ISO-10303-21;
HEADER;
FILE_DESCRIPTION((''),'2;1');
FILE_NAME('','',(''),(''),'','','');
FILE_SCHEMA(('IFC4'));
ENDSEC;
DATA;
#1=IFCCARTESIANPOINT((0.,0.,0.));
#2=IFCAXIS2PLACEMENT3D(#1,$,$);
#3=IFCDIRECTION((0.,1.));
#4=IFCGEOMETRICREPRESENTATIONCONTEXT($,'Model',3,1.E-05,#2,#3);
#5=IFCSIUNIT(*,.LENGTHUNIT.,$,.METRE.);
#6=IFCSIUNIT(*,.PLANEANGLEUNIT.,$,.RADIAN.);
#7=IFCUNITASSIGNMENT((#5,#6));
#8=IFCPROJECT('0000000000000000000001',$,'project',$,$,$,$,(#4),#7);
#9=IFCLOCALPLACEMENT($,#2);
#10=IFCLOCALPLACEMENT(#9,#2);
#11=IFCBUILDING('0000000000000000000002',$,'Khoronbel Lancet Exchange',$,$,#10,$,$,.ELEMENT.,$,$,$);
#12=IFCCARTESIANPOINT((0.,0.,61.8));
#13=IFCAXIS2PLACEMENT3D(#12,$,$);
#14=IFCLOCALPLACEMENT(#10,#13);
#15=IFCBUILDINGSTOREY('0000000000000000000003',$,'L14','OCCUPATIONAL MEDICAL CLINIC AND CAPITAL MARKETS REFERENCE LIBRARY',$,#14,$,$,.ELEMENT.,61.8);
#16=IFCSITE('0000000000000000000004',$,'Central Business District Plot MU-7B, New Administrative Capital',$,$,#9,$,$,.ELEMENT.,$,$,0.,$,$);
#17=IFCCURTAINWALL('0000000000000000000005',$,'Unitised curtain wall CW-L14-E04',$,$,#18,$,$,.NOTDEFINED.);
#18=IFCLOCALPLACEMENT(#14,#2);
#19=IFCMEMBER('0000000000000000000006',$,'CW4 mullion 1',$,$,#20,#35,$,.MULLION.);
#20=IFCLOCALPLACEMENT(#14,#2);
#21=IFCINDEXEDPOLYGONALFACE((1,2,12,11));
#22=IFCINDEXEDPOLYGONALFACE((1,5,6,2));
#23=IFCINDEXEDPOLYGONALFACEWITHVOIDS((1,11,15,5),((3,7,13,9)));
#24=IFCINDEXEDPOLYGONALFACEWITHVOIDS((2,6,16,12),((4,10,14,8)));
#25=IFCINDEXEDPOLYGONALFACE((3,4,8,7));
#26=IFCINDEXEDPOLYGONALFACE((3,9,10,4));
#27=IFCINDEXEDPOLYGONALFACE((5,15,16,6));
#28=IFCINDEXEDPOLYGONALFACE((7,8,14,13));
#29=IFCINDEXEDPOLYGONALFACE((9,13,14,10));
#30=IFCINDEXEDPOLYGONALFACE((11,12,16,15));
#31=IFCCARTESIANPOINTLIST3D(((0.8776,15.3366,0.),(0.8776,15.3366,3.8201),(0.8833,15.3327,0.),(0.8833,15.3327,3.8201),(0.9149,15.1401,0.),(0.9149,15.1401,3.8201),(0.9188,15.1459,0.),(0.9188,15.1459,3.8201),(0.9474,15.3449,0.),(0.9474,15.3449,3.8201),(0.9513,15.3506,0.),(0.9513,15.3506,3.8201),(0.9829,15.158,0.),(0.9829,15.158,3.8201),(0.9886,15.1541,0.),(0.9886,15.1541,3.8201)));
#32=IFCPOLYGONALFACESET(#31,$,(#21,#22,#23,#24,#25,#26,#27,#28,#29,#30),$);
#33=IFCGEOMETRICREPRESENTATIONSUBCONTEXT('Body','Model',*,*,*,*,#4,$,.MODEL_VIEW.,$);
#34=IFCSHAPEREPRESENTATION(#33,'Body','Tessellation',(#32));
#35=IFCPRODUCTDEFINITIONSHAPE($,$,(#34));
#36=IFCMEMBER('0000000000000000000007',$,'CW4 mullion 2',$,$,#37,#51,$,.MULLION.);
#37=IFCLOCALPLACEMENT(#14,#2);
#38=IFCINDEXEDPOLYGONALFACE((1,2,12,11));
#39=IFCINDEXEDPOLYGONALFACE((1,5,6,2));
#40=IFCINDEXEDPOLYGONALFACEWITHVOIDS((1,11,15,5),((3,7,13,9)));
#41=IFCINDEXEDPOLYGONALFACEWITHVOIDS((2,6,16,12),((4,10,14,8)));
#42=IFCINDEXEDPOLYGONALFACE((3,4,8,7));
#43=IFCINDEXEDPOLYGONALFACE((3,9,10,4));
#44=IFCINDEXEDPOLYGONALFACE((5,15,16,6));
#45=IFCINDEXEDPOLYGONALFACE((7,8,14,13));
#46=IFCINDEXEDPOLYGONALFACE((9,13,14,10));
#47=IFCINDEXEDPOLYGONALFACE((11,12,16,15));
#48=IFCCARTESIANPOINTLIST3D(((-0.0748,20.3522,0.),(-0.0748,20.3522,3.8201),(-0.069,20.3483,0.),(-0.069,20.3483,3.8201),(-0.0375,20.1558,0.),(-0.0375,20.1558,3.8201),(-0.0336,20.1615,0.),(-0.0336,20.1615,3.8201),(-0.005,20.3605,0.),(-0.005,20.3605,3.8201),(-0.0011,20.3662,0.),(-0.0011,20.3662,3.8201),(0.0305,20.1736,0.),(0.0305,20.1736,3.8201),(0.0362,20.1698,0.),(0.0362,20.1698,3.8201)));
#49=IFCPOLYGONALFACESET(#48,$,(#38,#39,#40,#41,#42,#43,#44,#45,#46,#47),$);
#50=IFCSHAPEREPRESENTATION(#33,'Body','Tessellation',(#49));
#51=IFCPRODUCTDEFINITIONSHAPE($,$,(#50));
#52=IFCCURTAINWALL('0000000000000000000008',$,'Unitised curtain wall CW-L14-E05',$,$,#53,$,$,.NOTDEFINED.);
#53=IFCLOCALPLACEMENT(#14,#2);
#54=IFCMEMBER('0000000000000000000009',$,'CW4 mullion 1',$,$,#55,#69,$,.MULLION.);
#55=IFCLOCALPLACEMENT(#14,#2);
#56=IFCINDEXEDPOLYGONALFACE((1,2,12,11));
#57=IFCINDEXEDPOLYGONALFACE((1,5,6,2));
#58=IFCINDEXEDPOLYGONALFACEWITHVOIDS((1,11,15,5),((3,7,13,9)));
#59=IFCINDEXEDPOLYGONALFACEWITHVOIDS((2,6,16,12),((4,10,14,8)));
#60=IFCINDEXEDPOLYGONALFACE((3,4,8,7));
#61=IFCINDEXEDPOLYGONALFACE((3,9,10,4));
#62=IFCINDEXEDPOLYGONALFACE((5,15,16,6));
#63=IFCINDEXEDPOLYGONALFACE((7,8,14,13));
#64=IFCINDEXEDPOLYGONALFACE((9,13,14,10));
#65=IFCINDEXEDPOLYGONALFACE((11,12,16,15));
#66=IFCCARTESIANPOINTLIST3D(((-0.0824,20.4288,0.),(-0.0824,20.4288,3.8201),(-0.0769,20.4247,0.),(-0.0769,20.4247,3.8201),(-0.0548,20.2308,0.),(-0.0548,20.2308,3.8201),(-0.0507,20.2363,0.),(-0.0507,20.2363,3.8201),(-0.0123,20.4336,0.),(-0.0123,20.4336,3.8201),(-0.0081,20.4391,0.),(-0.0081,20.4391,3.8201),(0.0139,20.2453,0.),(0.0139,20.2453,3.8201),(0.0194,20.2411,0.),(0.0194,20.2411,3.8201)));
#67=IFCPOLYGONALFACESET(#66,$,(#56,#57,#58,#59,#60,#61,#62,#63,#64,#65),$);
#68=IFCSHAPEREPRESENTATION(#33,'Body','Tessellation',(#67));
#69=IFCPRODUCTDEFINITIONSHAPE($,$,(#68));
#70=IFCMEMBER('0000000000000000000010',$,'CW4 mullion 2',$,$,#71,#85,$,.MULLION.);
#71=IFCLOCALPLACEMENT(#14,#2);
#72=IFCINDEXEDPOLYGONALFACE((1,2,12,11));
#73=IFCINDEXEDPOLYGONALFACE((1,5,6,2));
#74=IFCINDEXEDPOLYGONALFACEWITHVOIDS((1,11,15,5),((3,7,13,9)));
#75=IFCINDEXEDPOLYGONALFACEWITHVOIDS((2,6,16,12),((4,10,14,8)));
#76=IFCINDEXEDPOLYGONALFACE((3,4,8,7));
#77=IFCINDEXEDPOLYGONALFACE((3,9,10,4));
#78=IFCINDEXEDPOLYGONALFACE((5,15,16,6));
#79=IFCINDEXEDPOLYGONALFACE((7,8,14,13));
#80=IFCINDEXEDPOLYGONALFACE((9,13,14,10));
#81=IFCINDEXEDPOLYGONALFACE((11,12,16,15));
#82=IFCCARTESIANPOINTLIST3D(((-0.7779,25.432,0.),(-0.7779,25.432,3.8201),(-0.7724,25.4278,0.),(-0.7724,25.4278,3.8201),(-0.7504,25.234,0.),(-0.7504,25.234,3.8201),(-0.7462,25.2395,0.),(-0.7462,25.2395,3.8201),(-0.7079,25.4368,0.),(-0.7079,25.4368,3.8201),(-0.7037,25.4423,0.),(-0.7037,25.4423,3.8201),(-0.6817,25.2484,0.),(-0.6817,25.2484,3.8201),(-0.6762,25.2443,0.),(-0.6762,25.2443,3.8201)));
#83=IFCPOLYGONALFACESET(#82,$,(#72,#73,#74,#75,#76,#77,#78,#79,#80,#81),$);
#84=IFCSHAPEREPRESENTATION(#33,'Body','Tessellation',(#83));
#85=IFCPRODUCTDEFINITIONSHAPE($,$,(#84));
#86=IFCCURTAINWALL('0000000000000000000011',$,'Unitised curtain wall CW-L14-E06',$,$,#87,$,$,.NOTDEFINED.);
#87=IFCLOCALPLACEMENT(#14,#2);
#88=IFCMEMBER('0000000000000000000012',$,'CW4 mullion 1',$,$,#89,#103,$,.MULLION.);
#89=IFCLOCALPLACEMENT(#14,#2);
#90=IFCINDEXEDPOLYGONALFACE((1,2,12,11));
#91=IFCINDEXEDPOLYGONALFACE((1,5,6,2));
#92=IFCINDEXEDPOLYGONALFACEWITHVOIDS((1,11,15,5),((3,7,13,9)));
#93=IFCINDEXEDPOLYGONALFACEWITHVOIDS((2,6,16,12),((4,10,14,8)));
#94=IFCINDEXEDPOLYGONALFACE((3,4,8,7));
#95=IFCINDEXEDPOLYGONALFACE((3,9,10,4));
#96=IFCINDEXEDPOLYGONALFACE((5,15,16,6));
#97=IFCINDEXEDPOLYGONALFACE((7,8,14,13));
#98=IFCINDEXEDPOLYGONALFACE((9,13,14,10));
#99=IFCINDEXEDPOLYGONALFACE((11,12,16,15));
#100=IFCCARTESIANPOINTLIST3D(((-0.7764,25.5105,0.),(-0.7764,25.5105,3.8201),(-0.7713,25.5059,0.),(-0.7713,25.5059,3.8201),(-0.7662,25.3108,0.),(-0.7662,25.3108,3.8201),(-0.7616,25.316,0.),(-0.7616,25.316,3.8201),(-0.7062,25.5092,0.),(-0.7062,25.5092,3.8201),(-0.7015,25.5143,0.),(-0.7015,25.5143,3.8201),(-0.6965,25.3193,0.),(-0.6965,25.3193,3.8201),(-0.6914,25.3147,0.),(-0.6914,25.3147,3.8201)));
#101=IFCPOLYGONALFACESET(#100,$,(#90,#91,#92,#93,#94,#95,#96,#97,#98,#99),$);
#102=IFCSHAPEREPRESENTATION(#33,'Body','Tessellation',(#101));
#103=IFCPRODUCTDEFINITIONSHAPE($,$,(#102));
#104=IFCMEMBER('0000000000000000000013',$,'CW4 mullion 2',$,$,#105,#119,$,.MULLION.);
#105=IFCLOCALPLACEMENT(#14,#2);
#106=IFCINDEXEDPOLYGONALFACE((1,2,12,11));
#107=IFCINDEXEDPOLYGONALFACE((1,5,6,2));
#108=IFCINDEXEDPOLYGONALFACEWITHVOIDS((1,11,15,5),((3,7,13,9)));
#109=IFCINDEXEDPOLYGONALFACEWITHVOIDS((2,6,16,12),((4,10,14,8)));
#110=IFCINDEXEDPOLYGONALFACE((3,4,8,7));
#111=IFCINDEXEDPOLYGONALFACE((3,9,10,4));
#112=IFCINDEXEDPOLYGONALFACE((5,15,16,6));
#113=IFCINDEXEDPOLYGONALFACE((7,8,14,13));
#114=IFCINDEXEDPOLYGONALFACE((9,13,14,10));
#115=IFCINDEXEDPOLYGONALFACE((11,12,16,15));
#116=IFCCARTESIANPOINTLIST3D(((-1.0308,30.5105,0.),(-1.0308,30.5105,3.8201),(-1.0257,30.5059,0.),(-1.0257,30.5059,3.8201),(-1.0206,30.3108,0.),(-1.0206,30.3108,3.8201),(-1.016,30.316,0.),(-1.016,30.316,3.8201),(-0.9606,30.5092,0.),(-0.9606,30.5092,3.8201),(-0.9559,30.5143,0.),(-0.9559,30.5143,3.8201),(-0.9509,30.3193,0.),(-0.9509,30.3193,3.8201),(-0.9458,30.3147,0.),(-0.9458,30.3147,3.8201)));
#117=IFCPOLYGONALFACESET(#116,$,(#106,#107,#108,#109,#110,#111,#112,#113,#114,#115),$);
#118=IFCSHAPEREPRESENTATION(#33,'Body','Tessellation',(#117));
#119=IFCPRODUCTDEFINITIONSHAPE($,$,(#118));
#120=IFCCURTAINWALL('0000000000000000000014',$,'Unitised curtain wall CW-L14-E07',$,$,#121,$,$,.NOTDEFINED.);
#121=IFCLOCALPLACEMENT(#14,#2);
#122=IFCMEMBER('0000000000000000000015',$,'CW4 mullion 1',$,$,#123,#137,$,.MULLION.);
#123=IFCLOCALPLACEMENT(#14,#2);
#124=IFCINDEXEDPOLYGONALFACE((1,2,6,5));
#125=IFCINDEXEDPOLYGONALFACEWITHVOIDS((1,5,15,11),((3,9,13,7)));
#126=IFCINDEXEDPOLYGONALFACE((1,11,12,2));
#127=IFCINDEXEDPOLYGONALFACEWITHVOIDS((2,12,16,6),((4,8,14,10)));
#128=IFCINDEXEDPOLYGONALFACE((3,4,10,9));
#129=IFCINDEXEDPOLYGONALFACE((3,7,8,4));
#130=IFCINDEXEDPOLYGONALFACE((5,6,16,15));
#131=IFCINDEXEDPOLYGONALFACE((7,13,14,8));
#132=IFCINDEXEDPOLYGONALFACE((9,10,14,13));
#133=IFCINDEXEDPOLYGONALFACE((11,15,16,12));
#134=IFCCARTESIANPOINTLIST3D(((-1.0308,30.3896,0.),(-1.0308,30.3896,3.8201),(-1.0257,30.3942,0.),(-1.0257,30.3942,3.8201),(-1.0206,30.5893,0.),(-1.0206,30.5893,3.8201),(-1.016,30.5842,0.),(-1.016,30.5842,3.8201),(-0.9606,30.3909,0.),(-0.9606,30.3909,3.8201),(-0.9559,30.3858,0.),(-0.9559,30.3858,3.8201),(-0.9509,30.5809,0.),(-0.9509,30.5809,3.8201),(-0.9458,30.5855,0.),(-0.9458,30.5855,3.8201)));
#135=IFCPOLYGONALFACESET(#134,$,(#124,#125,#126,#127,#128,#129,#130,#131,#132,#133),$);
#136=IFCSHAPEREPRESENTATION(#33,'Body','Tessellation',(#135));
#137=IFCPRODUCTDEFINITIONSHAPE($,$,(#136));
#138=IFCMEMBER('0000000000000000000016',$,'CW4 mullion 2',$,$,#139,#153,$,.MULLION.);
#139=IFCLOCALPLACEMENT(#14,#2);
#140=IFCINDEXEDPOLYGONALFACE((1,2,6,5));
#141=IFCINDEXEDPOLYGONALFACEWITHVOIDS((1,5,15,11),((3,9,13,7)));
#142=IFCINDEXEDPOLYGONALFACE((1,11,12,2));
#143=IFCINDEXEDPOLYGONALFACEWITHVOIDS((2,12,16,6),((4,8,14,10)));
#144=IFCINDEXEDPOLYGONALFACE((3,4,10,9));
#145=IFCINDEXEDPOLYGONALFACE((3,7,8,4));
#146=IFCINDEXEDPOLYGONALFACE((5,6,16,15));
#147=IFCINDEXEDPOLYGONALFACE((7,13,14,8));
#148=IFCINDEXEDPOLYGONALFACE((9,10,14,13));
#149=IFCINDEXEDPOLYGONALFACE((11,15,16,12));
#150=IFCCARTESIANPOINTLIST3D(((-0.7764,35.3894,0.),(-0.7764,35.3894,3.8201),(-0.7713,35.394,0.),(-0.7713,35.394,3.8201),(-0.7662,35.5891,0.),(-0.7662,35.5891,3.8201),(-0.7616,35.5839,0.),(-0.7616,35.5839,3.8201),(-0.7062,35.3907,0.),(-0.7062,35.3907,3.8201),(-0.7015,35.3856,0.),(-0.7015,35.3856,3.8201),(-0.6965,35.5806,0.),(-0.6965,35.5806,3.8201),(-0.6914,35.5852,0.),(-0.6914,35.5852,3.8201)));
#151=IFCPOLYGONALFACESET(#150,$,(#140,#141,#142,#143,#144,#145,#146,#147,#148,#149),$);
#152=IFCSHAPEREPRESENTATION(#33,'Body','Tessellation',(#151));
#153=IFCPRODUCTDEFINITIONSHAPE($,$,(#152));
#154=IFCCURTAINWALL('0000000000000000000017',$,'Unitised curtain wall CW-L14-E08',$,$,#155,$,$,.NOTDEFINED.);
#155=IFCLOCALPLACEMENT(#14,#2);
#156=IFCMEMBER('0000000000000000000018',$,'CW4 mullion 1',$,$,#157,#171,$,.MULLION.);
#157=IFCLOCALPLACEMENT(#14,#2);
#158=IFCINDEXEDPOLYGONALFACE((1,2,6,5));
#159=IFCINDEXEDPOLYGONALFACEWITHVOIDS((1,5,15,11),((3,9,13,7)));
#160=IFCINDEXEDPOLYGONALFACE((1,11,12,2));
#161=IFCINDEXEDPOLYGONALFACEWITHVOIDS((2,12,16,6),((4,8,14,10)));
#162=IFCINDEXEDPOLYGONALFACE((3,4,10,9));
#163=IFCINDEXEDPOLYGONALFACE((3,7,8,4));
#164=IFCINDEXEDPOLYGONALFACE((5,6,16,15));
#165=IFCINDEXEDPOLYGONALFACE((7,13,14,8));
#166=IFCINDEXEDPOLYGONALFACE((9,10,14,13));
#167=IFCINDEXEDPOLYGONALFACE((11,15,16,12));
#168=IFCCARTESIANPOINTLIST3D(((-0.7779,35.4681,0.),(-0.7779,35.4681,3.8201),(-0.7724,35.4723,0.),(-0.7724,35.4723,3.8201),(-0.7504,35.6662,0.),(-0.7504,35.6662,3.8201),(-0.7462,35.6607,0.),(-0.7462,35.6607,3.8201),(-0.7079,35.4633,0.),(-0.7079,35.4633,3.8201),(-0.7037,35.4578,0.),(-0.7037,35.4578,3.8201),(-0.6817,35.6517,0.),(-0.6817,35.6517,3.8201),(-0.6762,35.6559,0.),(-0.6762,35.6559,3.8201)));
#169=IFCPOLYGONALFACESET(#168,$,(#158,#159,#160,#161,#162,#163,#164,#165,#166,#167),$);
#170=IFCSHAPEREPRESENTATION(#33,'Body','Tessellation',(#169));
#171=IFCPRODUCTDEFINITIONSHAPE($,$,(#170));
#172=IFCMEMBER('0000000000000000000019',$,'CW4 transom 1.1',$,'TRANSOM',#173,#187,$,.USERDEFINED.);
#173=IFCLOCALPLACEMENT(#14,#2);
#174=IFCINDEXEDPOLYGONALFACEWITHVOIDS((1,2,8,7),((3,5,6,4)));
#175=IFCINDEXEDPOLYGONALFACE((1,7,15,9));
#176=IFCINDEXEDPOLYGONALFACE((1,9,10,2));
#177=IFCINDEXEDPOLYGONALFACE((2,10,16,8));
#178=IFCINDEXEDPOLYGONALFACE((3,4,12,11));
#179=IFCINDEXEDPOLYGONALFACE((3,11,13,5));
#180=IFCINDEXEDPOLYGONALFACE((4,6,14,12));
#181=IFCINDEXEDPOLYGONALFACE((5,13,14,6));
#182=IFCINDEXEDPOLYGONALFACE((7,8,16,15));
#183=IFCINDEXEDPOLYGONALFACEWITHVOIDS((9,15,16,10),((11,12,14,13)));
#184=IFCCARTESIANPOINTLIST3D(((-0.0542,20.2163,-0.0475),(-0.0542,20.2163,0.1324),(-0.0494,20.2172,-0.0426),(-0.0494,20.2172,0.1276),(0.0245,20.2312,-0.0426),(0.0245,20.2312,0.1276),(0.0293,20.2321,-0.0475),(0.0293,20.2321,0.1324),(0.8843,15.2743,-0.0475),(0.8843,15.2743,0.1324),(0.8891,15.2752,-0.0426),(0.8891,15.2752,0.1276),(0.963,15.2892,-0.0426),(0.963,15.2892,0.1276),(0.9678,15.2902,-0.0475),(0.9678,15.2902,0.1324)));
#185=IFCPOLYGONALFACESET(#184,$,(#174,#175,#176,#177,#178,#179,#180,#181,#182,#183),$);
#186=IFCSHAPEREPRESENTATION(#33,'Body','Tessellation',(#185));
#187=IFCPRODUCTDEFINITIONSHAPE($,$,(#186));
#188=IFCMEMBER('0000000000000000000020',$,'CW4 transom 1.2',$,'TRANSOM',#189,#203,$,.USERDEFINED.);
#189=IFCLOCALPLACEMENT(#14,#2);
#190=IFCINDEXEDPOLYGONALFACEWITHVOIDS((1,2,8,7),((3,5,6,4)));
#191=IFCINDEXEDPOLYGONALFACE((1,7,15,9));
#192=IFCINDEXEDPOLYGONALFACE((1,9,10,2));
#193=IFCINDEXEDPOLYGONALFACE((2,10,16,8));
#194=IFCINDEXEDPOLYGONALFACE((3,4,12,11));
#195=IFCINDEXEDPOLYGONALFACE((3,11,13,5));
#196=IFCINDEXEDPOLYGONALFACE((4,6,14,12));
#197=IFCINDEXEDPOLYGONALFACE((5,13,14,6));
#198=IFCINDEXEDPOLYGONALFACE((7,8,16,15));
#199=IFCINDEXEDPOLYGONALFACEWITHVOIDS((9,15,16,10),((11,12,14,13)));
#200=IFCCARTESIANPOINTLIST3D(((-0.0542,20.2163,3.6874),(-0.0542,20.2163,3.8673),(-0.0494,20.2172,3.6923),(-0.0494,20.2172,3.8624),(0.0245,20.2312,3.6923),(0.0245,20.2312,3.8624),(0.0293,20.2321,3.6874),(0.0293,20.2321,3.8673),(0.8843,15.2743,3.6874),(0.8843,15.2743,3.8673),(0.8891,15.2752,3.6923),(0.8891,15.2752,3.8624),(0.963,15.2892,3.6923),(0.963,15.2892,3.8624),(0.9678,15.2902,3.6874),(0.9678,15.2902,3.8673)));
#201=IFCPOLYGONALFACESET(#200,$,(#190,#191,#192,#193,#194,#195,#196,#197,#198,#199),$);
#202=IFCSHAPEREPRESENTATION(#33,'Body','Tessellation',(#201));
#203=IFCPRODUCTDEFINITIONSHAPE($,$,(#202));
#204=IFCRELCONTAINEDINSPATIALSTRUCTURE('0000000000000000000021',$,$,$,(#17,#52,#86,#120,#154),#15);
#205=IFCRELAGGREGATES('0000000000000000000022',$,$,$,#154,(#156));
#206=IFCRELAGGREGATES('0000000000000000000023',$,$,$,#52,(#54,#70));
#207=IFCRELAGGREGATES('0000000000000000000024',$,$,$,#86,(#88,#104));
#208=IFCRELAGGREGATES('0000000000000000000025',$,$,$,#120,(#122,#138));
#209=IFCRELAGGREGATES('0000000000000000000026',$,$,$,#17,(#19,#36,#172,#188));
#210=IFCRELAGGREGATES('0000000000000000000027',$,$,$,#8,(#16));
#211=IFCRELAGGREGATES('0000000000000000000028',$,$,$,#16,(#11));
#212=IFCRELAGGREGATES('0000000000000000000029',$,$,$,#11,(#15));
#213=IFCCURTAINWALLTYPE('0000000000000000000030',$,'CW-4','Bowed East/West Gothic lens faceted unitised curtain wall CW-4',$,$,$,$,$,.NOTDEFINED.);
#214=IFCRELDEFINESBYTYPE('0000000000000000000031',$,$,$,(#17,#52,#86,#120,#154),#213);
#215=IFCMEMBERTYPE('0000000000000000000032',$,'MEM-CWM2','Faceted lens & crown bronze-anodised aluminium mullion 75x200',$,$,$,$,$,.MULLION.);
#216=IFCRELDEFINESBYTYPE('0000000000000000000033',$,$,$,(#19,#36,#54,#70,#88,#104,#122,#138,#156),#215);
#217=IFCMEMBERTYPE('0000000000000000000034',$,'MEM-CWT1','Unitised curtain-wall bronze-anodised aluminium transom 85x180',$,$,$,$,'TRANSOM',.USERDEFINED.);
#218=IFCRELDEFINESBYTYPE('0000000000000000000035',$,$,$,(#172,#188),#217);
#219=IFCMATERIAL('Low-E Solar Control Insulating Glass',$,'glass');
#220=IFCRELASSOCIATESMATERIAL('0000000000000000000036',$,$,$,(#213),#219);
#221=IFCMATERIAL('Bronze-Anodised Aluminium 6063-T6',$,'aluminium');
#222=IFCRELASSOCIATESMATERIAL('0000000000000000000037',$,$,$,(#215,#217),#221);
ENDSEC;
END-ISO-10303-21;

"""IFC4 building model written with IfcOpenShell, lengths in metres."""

from ifc_helpers import new_model, si_unit, direction, frame, origin, origin_2d, place, context, subcontext, project, spatial, hollow_rectangle, extrude, material, material_profile, profile_set, type_object, element, aggregate, save


model = new_model("IFC4")

# Units and contexts
model_context = context("Model", 3, precision=1e-05, world=origin(), true_north=direction((0.0, 1.0)))
body_context = subcontext(model_context, "Body", "Model", "MODEL_VIEW")
ifc_project = project(units=[si_unit("LENGTHUNIT", "METRE"), si_unit("PLANEANGLEUNIT", "RADIAN")], contexts=[model_context])

# Site, building, storey
site_placement = place(None, origin())
site = spatial("IfcSite", under=ifc_project, at=site_placement, Name="Central Business District Plot MU-7B, New Administrative Capital", CompositionType="ELEMENT", RefElevation=0.0)
building_placement = place(site_placement, origin())
building = spatial("IfcBuilding", under=site, at=building_placement, Name="Khoronbel Lancet Exchange", CompositionType="ELEMENT")
storey_placement = place(building_placement, frame((0.0, 0.0, 61.8)))
storey = spatial("IfcBuildingStorey", under=building, at=storey_placement, Name="L14", Description="OCCUPATIONAL MEDICAL CLINIC AND CAPITAL MARKETS REFERENCE LIBRARY", CompositionType="ELEMENT", Elevation=61.8)

# Curtain walls, members
ifc_material_1 = material(Name="Low-E Solar Control Insulating Glass", Category="glass")
curtain_wall_type = type_object("IfcCurtainWallType", Name="CW-4", Description="Bowed East/West Gothic lens faceted unitised curtain wall CW-4", PredefinedType="NOTDEFINED", material=ifc_material_1)
curtain_wall_1_placement = place(storey_placement, origin())
curtain_wall_1 = element("IfcCurtainWall", 1, at=curtain_wall_1_placement, inside=storey, type_object=curtain_wall_type, Name="Unitised curtain wall CW-L14-E04", PredefinedType="NOTDEFINED")
ifc_material_2 = material(Name="Bronze-Anodised Aluminium 6063-T6", Category="aluminium")
ifc_material_profile_1 = material_profile(ifc_material_2, hollow_rectangle(XDim=0.075, YDim=0.2, WallThickness=0.0049, at=origin_2d()), Name="ALU MULLION 75x200")
ifc_profile_set_1 = profile_set([ifc_material_profile_1], Name="Bronze-Anodised Aluminium 6063-T6")
member_type_1 = type_object("IfcMemberType", Name="MEM-CWM2", Description="Faceted lens & crown bronze-anodised aluminium mullion 75x200", PredefinedType="MULLION", material=ifc_profile_set_1)
member_1_placement = place(storey_placement, frame((0.9331, 15.2454, 0.0), z_axis=(0.0, 0.0, 1.0), x_axis=(-0.982445, -0.186551, 0.0)))
member_1 = element("IfcMember", 2, at=member_1_placement, type_object=member_type_1, Name="CW4 mullion 1", PredefinedType="MULLION", context=body_context, shape_type="SweptSolid", body=[
    extrude(hollow_rectangle(XDim=0.075, YDim=0.2, WallThickness=0.0049, at=origin_2d()), origin(), (0.0, 0.0, 1.0), 3.8201),
])
member_2_placement = place(storey_placement, frame((-0.0193, 20.261, 0.0), z_axis=(0.0, 0.0, 1.0), x_axis=(-0.982445, -0.186551, 0.0)))
member_2 = element("IfcMember", 3, at=member_2_placement, type_object=member_type_1, Name="CW4 mullion 2", PredefinedType="MULLION", context=body_context, shape_type="SweptSolid", body=[
    extrude(hollow_rectangle(XDim=0.075, YDim=0.2, WallThickness=0.0049, at=origin_2d()), origin(), (0.0, 0.0, 1.0), 3.8201),
])
curtain_wall_2_placement = place(storey_placement, origin())
curtain_wall_2 = element("IfcCurtainWall", 4, at=curtain_wall_2_placement, inside=storey, type_object=curtain_wall_type, Name="Unitised curtain wall CW-L14-E05", PredefinedType="NOTDEFINED")
member_3_placement = place(storey_placement, frame((-0.0315, 20.335, 0.0), z_axis=(0.0, 0.0, 1.0), x_axis=(-0.990478, -0.137668, 0.0)))
member_3 = element("IfcMember", 5, at=member_3_placement, type_object=member_type_1, Name="CW4 mullion 1", PredefinedType="MULLION", context=body_context, shape_type="SweptSolid", body=[
    extrude(hollow_rectangle(XDim=0.075, YDim=0.2, WallThickness=0.0049, at=origin_2d()), origin(), (0.0, 0.0, 1.0), 3.8201),
])
member_4_placement = place(storey_placement, frame((-0.7271, 25.3381, 0.0), z_axis=(0.0, 0.0, 1.0), x_axis=(-0.990478, -0.137668, 0.0)))
member_4 = element("IfcMember", 6, at=member_4_placement, type_object=member_type_1, Name="CW4 mullion 2", PredefinedType="MULLION", context=body_context, shape_type="SweptSolid", body=[
    extrude(hollow_rectangle(XDim=0.075, YDim=0.2, WallThickness=0.0049, at=origin_2d()), origin(), (0.0, 0.0, 1.0), 3.8201),
])
curtain_wall_3_placement = place(storey_placement, origin())
curtain_wall_3 = element("IfcCurtainWall", 7, at=curtain_wall_3_placement, inside=storey, type_object=curtain_wall_type, Name="Unitised curtain wall CW-L14-E06", PredefinedType="NOTDEFINED")
member_5_placement = place(storey_placement, frame((-0.7339, 25.4126, 0.0), z_axis=(0.0, 0.0, 1.0), x_axis=(-0.998708, -0.050813, 0.0)))
member_5 = element("IfcMember", 8, at=member_5_placement, type_object=member_type_1, Name="CW4 mullion 1", PredefinedType="MULLION", context=body_context, shape_type="SweptSolid", body=[
    extrude(hollow_rectangle(XDim=0.075, YDim=0.2, WallThickness=0.0049, at=origin_2d()), origin(), (0.0, 0.0, 1.0), 3.8201),
])
member_6_placement = place(storey_placement, frame((-0.9883, 30.4126, 0.0), z_axis=(0.0, 0.0, 1.0), x_axis=(-0.998708, -0.050813, 0.0)))
member_6 = element("IfcMember", 9, at=member_6_placement, type_object=member_type_1, Name="CW4 mullion 2", PredefinedType="MULLION", context=body_context, shape_type="SweptSolid", body=[
    extrude(hollow_rectangle(XDim=0.075, YDim=0.2, WallThickness=0.0049, at=origin_2d()), origin(), (0.0, 0.0, 1.0), 3.8201),
])
curtain_wall_4_placement = place(storey_placement, origin())
curtain_wall_4 = element("IfcCurtainWall", 10, at=curtain_wall_4_placement, inside=storey, type_object=curtain_wall_type, Name="Unitised curtain wall CW-L14-E07", PredefinedType="NOTDEFINED")
member_7_placement = place(storey_placement, frame((-0.9883, 30.4875, 0.0), z_axis=(0.0, 0.0, 1.0), x_axis=(-0.998708, 0.050813, 0.0)))
member_7 = element("IfcMember", 11, at=member_7_placement, type_object=member_type_1, Name="CW4 mullion 1", PredefinedType="MULLION", context=body_context, shape_type="SweptSolid", body=[
    extrude(hollow_rectangle(XDim=0.075, YDim=0.2, WallThickness=0.0049, at=origin_2d()), origin(), (0.0, 0.0, 1.0), 3.8201),
])
member_8_placement = place(storey_placement, frame((-0.7339, 35.4873, 0.0), z_axis=(0.0, 0.0, 1.0), x_axis=(-0.998708, 0.050813, 0.0)))
member_8 = element("IfcMember", 12, at=member_8_placement, type_object=member_type_1, Name="CW4 mullion 2", PredefinedType="MULLION", context=body_context, shape_type="SweptSolid", body=[
    extrude(hollow_rectangle(XDim=0.075, YDim=0.2, WallThickness=0.0049, at=origin_2d()), origin(), (0.0, 0.0, 1.0), 3.8201),
])

# Curtain wall, member
curtain_wall_5_placement = place(storey_placement, origin())
curtain_wall_5 = element("IfcCurtainWall", 13, at=curtain_wall_5_placement, inside=storey, type_object=curtain_wall_type, Name="Unitised curtain wall CW-L14-E08", PredefinedType="NOTDEFINED")
member_9_placement = place(storey_placement, frame((-0.7271, 35.562, 0.0), z_axis=(0.0, 0.0, 1.0), x_axis=(-0.990478, 0.137668, 0.0)))
member_9 = element("IfcMember", 14, at=member_9_placement, type_object=member_type_1, Name="CW4 mullion 1", PredefinedType="MULLION", context=body_context, shape_type="SweptSolid", body=[
    extrude(hollow_rectangle(XDim=0.075, YDim=0.2, WallThickness=0.0049, at=origin_2d()), origin(), (0.0, 0.0, 1.0), 3.8201),
])

# Members
ifc_material_profile_2 = material_profile(ifc_material_2, hollow_rectangle(XDim=0.085, YDim=0.1799, WallThickness=0.0049, at=origin_2d()), Name="ALU TRANSOM 85x180")
ifc_profile_set_2 = profile_set([ifc_material_profile_2], Name="Bronze-Anodised Aluminium 6063-T6")
member_type_2 = type_object("IfcMemberType", Name="MEM-CWT1", Description="Unitised curtain-wall bronze-anodised aluminium transom 85x180", ElementType="TRANSOM", PredefinedType="USERDEFINED", material=ifc_profile_set_2)
member_10_placement = place(storey_placement, frame((0.926, 15.2822, 0.0425), z_axis=(-0.186568, 0.982442, 0.0), x_axis=(-0.982442, -0.186568, 0.0)))
member_10 = element("IfcMember", 15, at=member_10_placement, type_object=member_type_2, Name="CW4 transom 1.1", ObjectType="TRANSOM", PredefinedType="USERDEFINED", context=body_context, shape_type="SweptSolid", body=[
    extrude(hollow_rectangle(XDim=0.085, YDim=0.1799, WallThickness=0.0049, at=origin_2d()), origin(), (0.0, 0.0, 1.0), 5.0303),
])
member_11_placement = place(storey_placement, frame((0.926, 15.2822, 3.7773), z_axis=(-0.186568, 0.982442, 0.0), x_axis=(-0.982442, -0.186568, 0.0)))
member_11 = element("IfcMember", 16, at=member_11_placement, type_object=member_type_2, Name="CW4 transom 1.2", ObjectType="TRANSOM", PredefinedType="USERDEFINED", context=body_context, shape_type="SweptSolid", body=[
    extrude(hollow_rectangle(XDim=0.085, YDim=0.1799, WallThickness=0.0049, at=origin_2d()), origin(), (0.0, 0.0, 1.0), 5.0303),
])
aggregate(curtain_wall_5, [member_9])

aggregate(curtain_wall_2, [member_3, member_4])
aggregate(curtain_wall_3, [member_5, member_6])
aggregate(curtain_wall_4, [member_7, member_8])
aggregate(curtain_wall_1, [member_1, member_2, member_10, member_11])

save(model, "model.ifc")
